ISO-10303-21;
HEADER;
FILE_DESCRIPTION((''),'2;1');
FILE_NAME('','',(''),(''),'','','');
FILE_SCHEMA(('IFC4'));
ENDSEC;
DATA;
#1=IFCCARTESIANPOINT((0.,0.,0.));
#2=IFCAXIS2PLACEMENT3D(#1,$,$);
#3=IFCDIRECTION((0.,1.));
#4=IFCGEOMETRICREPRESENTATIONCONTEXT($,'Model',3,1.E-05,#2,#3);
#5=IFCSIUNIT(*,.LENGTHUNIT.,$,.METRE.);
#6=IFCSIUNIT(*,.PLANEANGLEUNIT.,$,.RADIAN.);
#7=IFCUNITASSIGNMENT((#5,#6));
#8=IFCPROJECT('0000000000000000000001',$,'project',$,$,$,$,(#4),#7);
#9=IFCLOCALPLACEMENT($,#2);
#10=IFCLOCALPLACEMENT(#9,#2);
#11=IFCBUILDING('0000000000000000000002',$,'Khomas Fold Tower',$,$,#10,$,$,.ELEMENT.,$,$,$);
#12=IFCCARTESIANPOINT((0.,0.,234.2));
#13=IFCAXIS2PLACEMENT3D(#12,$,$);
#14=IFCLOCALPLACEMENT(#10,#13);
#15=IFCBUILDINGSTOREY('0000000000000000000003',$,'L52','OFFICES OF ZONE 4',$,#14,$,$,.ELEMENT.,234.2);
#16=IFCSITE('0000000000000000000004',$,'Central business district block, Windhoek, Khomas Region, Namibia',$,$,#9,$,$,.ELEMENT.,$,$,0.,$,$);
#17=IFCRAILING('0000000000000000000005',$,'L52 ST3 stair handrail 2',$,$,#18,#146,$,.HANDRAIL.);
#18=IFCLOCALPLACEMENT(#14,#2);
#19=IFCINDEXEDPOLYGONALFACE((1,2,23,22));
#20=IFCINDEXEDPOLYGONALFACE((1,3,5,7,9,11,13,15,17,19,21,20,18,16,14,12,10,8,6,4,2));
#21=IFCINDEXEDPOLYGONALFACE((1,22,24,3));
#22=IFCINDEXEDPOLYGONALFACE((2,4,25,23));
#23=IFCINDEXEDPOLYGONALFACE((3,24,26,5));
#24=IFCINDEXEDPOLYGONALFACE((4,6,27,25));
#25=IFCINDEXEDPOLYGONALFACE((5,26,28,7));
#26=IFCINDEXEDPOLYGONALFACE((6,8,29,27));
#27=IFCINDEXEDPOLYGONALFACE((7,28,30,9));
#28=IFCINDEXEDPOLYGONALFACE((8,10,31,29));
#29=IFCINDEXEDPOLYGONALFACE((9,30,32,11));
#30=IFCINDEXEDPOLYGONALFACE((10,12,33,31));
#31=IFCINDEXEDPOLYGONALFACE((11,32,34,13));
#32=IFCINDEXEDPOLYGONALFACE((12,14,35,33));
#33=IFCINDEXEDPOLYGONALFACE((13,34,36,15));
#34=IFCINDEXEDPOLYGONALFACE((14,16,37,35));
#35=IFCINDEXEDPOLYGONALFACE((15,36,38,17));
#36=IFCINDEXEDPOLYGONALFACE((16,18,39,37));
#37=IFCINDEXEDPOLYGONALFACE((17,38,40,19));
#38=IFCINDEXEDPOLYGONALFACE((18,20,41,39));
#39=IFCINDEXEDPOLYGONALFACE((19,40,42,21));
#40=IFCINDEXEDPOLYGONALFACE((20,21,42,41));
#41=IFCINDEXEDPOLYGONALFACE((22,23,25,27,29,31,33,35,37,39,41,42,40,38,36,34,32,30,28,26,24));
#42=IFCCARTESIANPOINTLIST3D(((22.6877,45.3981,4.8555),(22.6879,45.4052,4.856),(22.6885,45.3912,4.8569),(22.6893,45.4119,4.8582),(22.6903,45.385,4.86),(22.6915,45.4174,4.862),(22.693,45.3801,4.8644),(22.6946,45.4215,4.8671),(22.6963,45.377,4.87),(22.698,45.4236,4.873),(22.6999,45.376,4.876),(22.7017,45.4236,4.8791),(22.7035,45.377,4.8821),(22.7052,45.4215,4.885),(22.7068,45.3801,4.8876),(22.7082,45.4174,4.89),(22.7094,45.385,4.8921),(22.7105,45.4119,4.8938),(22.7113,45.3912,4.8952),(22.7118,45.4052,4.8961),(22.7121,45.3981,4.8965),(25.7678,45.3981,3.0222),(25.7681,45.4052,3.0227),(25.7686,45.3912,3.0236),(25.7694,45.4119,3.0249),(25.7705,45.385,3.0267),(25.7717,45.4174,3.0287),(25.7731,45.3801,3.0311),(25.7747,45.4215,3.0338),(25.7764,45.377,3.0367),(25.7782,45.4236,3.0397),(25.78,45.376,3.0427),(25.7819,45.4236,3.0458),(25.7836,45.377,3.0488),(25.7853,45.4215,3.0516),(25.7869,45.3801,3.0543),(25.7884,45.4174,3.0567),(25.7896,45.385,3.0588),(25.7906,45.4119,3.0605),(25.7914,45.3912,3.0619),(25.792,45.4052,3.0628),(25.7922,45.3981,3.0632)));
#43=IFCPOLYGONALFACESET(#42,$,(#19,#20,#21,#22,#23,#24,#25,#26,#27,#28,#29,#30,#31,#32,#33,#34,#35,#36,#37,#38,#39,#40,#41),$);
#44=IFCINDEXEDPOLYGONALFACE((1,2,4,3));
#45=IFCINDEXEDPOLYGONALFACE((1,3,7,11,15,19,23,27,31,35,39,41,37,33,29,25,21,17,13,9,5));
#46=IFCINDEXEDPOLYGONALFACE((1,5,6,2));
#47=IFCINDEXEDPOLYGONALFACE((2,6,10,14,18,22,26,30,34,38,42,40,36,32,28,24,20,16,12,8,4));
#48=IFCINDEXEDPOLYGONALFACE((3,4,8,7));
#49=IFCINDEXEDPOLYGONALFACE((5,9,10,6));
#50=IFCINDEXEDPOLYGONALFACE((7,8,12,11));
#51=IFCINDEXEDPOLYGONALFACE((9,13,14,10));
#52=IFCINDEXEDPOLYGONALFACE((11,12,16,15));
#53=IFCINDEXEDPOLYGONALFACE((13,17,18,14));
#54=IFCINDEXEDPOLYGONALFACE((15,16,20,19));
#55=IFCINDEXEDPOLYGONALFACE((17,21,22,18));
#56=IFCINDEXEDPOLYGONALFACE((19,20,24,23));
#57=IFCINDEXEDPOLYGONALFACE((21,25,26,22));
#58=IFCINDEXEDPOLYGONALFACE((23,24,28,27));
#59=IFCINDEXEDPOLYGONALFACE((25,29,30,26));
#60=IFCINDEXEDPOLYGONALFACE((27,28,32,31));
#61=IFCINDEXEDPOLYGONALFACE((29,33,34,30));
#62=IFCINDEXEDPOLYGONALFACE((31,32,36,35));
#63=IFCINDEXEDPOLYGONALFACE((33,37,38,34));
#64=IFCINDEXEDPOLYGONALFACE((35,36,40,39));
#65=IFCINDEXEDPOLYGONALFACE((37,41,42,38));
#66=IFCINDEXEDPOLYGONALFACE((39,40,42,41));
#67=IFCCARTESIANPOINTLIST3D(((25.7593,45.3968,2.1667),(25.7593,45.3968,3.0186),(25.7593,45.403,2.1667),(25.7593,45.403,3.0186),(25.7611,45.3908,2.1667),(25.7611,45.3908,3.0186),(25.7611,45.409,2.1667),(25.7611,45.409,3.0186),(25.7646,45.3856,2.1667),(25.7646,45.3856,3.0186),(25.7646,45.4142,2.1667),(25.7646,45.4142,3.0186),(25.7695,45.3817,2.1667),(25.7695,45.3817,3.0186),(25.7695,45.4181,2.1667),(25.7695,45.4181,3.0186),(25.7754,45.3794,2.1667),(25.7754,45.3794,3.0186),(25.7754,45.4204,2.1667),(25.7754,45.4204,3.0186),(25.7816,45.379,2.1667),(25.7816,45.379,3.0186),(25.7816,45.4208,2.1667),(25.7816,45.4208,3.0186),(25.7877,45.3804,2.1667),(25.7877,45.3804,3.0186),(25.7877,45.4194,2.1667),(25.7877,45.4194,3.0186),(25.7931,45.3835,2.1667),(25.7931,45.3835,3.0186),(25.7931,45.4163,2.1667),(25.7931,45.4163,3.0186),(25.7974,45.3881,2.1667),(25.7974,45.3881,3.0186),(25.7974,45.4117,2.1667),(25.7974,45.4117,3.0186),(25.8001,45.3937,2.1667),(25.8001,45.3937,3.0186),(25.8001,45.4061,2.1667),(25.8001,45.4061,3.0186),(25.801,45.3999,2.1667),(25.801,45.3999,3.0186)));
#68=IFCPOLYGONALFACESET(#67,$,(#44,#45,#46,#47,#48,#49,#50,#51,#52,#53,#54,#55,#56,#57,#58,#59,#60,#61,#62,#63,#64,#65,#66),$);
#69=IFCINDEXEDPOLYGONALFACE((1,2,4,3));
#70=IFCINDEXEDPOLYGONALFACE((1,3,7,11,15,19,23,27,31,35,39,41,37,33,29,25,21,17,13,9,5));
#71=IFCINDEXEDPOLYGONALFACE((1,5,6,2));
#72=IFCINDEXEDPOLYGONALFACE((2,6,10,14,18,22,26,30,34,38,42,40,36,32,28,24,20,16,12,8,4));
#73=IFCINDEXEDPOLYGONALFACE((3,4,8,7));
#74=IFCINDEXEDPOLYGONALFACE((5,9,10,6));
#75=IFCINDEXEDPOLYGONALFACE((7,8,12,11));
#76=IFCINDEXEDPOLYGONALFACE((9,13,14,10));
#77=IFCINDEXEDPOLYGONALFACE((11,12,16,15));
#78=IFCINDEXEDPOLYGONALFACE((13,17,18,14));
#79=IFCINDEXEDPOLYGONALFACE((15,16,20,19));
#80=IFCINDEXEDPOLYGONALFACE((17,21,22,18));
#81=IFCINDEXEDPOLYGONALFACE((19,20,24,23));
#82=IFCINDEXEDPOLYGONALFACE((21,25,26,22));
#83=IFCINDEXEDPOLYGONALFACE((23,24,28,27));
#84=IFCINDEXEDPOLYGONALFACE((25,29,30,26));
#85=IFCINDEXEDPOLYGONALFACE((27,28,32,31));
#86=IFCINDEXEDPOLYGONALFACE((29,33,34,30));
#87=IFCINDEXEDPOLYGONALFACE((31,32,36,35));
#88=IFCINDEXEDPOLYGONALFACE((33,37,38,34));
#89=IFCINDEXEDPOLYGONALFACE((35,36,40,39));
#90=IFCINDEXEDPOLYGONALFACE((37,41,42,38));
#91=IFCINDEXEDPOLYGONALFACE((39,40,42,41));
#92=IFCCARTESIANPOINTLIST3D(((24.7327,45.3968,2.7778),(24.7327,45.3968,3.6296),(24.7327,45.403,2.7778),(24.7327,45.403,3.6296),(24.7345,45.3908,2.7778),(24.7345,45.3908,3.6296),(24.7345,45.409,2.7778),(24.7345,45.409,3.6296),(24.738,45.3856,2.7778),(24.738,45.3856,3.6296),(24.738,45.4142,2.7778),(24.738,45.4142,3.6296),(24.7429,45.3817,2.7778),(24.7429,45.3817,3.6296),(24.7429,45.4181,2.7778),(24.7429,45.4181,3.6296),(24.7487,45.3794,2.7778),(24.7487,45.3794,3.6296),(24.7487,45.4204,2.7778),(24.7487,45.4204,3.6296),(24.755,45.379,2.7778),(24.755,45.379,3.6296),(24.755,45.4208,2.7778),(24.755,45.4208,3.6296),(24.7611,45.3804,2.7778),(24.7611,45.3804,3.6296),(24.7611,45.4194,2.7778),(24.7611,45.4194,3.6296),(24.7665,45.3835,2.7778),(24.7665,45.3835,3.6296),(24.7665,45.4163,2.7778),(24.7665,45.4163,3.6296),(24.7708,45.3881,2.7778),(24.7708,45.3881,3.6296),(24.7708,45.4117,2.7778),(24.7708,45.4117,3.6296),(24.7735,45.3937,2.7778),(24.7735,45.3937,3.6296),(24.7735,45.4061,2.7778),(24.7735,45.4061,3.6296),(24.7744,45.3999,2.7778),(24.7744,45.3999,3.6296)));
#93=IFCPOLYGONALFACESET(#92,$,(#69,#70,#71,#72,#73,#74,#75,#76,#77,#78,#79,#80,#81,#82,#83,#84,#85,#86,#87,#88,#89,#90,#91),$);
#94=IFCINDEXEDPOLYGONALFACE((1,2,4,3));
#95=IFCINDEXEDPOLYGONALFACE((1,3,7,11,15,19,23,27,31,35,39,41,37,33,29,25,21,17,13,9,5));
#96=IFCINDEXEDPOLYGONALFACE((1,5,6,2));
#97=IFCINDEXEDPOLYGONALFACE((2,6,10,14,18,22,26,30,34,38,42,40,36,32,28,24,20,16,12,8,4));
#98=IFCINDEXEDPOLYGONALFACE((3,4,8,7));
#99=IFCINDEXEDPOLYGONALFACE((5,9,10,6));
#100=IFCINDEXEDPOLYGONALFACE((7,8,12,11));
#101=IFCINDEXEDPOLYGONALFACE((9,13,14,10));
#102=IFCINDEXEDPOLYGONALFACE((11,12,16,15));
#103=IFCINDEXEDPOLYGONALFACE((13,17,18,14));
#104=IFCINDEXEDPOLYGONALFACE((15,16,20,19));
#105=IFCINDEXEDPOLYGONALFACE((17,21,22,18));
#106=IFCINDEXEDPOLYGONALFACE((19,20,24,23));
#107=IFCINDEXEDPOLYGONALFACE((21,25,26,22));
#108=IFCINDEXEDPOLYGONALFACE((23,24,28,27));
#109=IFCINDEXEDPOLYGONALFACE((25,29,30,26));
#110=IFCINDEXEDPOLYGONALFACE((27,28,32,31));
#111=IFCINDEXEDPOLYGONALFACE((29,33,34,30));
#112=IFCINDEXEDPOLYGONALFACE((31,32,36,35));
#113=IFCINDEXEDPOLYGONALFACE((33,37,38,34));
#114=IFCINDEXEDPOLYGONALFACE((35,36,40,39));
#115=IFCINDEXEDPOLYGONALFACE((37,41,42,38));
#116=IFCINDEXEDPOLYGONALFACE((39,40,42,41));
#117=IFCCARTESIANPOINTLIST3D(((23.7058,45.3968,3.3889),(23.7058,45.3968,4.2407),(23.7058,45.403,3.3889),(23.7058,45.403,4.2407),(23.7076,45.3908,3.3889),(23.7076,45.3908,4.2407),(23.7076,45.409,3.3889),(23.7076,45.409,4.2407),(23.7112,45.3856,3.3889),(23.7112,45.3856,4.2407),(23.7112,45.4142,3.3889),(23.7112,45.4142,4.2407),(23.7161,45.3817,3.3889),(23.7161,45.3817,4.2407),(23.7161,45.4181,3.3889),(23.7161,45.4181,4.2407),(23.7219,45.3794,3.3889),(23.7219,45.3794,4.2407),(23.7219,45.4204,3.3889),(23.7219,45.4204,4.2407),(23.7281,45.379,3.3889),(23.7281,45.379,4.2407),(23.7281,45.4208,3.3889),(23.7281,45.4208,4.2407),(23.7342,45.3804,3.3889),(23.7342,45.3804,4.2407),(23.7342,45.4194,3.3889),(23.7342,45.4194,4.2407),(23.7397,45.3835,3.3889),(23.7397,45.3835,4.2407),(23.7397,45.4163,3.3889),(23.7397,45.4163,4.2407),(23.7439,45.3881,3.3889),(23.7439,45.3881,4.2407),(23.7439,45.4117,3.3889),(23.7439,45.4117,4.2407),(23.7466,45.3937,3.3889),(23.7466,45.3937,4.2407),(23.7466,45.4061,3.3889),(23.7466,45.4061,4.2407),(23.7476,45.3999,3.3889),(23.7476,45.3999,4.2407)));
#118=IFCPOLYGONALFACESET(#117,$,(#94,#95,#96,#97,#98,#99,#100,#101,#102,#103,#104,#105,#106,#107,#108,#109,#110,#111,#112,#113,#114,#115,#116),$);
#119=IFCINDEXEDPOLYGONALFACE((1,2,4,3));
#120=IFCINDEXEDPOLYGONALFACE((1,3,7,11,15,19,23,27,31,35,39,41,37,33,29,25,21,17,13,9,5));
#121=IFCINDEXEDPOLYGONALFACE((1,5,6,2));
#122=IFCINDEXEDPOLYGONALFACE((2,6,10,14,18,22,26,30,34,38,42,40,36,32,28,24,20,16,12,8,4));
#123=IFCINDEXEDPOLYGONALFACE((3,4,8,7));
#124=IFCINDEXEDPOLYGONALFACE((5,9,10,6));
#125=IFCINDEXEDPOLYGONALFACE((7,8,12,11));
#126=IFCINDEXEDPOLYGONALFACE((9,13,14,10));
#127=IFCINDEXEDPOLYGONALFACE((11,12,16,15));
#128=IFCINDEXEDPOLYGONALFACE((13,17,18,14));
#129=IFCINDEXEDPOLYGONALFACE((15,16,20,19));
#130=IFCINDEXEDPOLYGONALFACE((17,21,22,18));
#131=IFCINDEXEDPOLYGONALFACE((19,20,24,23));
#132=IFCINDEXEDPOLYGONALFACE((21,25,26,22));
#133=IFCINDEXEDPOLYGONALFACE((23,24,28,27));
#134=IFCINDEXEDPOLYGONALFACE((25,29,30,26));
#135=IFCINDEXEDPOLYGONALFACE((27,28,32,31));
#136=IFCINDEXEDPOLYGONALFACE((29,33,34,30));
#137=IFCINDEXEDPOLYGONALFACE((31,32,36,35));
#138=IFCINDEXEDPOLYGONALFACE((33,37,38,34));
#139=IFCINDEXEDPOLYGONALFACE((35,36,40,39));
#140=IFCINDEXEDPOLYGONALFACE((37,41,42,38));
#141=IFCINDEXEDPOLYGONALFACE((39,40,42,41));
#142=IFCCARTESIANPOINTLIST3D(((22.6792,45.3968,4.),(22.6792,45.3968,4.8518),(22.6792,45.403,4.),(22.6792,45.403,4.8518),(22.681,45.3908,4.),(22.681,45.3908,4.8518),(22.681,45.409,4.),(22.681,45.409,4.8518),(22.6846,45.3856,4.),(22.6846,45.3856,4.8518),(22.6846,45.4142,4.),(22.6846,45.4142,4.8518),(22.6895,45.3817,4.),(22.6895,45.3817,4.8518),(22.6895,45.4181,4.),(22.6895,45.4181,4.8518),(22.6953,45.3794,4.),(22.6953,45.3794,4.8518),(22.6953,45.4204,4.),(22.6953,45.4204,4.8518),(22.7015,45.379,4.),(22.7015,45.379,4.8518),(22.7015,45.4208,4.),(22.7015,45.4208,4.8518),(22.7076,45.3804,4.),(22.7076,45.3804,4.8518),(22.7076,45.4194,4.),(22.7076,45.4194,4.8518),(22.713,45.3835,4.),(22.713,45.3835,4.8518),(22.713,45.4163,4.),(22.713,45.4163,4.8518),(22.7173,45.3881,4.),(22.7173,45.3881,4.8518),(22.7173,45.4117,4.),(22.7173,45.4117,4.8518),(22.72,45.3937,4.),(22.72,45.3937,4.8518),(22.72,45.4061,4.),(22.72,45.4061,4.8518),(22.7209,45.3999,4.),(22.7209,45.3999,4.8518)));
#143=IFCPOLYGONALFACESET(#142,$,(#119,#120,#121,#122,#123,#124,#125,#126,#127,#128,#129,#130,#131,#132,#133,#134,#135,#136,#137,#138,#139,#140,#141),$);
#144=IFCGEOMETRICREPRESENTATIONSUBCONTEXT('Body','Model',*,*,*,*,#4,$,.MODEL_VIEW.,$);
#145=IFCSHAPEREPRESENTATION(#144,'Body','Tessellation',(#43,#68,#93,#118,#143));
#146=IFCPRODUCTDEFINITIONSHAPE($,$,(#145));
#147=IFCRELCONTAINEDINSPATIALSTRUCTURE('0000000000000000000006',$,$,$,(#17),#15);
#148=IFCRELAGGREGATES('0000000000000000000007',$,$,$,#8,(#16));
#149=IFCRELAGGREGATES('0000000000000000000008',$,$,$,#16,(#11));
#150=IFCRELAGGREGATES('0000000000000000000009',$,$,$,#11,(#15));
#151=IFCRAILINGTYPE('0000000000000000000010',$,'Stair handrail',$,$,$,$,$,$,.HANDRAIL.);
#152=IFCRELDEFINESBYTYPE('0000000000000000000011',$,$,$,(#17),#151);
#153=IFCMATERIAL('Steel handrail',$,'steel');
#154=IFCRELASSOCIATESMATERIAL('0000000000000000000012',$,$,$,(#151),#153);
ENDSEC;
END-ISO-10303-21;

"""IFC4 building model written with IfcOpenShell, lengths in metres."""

from ifc_helpers import new_model, si_unit, direction, frame, origin, origin_2d, place, context, subcontext, project, spatial, circle, extrude, source, transform, mapped, material, type_object, element, save


model = new_model("IFC4")

# Units and contexts
model_context = context("Model", 3, precision=1e-05, world=origin(), true_north=direction((0.0, 1.0)))
body_context = subcontext(model_context, "Body", "Model", "MODEL_VIEW")
ifc_project = project(units=[si_unit("LENGTHUNIT", "METRE"), si_unit("PLANEANGLEUNIT", "RADIAN")], contexts=[model_context])

# Site, building, storey
site_placement = place(None, origin())
site = spatial("IfcSite", under=ifc_project, at=site_placement, Name="Central business district block, Windhoek, Khomas Region, Namibia", CompositionType="ELEMENT", RefElevation=0.0)
building_placement = place(site_placement, origin())
building = spatial("IfcBuilding", under=site, at=building_placement, Name="Khomas Fold Tower", CompositionType="ELEMENT")
storey_placement = place(building_placement, frame((0.0, 0.0, 234.2)))
storey = spatial("IfcBuildingStorey", under=building, at=storey_placement, Name="L52", Description="OFFICES OF ZONE 4", CompositionType="ELEMENT", Elevation=234.2)

# Railing
ifc_material_1 = material(Name="Steel handrail", Category="steel")
railing_type_1 = type_object("IfcRailingType", Name="Stair handrail", PredefinedType="HANDRAIL", material=ifc_material_1)
shared_shape_1 = source(origin(), body_context, "Body", "SweptSolid", [
    extrude(circle(Radius=0.0239, at=origin_2d()), frame((0.0, 0.0, 0.876), z_axis=(-0.859309, 0.0, 0.511458), x_axis=(0.0, -1.0, 0.0)), (0.0, 0.0, 1.0), 3.5845),
    extrude(circle(Radius=0.021, at=origin_2d()), origin(), (0.0, 0.0, 1.0), 0.8518),
    extrude(circle(Radius=0.021, at=origin_2d()), frame((-1.0266, 0.0, 0.6111)), (0.0, 0.0, 1.0), 0.8518),
    extrude(circle(Radius=0.021, at=origin_2d()), frame((-2.0535, 0.0, 1.2222)), (0.0, 0.0, 1.0), 0.8518),
    extrude(circle(Radius=0.021, at=origin_2d()), frame((-3.0801, 0.0, 1.8333)), (0.0, 0.0, 1.0), 0.8518),
])
railing_1_placement = place(storey_placement, frame((25.78, 45.3999, 2.1667)))
element("IfcRailing", 1, at=railing_1_placement, inside=storey, type_object=railing_type_1, Name="L52 ST3 stair handrail 2", PredefinedType="HANDRAIL", context=body_context, shape_type="MappedRepresentation", body=[
    mapped(shared_shape_1, transform((0.0, 0.0, 0.0))),
])

save(model, "model.ifc")
